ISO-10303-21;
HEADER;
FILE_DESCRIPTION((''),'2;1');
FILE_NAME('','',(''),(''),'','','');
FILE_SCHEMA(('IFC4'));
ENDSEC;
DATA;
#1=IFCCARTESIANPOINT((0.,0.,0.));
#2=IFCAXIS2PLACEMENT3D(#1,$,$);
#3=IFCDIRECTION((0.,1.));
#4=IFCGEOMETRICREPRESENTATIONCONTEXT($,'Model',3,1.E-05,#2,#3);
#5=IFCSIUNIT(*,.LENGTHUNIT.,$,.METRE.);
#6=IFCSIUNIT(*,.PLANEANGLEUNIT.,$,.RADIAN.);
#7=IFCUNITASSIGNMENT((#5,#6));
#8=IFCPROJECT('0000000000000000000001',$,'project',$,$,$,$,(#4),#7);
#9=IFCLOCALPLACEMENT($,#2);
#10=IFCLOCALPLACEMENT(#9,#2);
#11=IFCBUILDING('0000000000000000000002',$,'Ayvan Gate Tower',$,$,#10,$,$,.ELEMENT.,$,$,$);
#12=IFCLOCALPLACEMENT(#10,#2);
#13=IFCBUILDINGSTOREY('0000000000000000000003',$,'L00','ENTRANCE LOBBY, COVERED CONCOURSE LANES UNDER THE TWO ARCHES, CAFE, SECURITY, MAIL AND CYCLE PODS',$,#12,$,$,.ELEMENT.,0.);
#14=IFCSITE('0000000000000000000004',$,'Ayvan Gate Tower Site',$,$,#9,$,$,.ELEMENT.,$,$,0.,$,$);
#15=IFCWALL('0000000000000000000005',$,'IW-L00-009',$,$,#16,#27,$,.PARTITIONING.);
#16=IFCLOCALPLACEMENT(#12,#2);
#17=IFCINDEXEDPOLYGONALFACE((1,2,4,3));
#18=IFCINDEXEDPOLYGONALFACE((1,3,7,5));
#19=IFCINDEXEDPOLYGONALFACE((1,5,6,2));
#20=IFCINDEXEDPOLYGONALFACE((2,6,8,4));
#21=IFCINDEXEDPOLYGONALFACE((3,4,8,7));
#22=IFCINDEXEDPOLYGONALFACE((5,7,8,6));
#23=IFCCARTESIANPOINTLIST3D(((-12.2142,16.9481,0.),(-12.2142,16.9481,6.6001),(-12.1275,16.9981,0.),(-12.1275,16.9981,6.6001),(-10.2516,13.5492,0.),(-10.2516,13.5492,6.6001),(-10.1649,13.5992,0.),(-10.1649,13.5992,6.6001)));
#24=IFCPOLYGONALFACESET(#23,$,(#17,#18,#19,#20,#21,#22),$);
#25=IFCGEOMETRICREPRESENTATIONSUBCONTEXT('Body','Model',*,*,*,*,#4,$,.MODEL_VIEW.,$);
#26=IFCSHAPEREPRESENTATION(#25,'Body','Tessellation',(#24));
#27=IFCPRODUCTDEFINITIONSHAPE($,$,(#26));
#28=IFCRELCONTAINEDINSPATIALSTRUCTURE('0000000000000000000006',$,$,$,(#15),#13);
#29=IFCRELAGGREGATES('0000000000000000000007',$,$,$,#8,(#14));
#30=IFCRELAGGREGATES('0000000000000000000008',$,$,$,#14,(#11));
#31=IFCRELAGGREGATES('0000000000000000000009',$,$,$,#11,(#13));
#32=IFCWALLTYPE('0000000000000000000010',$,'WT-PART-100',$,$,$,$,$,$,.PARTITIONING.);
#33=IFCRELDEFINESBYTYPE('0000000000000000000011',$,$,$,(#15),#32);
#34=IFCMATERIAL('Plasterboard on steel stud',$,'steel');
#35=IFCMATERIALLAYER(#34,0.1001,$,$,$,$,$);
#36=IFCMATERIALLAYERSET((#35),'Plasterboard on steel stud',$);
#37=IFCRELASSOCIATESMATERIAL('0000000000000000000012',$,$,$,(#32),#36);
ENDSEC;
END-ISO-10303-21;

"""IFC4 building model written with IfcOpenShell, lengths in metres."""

from ifc_helpers import new_model, si_unit, direction, frame, frame_2d, origin, place, context, subcontext, project, spatial, rectangle, extrude, material, layer, layer_set, type_object, element, save


model = new_model("IFC4")

# Units and contexts
model_context = context("Model", 3, precision=1e-05, world=origin(), true_north=direction((0.0, 1.0)))
body_context = subcontext(model_context, "Body", "Model", "MODEL_VIEW")
ifc_project = project(units=[si_unit("LENGTHUNIT", "METRE"), si_unit("PLANEANGLEUNIT", "RADIAN")], contexts=[model_context])

# Site, building, storey
site_placement = place(None, origin())
site = spatial("IfcSite", under=ifc_project, at=site_placement, Name="Ayvan Gate Tower Site", CompositionType="ELEMENT", RefElevation=0.0)
building_placement = place(site_placement, origin())
building = spatial("IfcBuilding", under=site, at=building_placement, Name="Ayvan Gate Tower", CompositionType="ELEMENT")
storey_placement = place(building_placement, origin())
storey = spatial("IfcBuildingStorey", under=building, at=storey_placement, Name="L00", Description="ENTRANCE LOBBY, COVERED CONCOURSE LANES UNDER THE TWO ARCHES, CAFE, SECURITY, MAIL AND CYCLE PODS", CompositionType="ELEMENT", Elevation=0.0)

# Wall
ifc_material_1 = material(Name="Plasterboard on steel stud", Category="steel")
ifc_layer_1 = layer(ifc_material_1, 0.1001)
ifc_layer_set_1 = layer_set([ifc_layer_1], Name="Plasterboard on steel stud")
wall_type_1 = type_object("IfcWallType", Name="WT-PART-100", PredefinedType="PARTITIONING", material=ifc_layer_set_1)
wall_1_placement = place(storey_placement, frame((-10.2083, 13.5742, 0.0), z_axis=(0.0, 0.0, 1.0), x_axis=(-0.500053, 0.865995, 0.0)))
element("IfcWall", 1, at=wall_1_placement, inside=storey, type_object=wall_type_1, Name="IW-L00-009", PredefinedType="PARTITIONING", context=body_context, shape_type="SweptSolid", body=[
    extrude(rectangle(XDim=3.9248, YDim=0.1001, at=frame_2d((1.9624, 0.0))), origin(), (0.0, 0.0, 1.0), 6.6001),
])

save(model, "model.ifc")
